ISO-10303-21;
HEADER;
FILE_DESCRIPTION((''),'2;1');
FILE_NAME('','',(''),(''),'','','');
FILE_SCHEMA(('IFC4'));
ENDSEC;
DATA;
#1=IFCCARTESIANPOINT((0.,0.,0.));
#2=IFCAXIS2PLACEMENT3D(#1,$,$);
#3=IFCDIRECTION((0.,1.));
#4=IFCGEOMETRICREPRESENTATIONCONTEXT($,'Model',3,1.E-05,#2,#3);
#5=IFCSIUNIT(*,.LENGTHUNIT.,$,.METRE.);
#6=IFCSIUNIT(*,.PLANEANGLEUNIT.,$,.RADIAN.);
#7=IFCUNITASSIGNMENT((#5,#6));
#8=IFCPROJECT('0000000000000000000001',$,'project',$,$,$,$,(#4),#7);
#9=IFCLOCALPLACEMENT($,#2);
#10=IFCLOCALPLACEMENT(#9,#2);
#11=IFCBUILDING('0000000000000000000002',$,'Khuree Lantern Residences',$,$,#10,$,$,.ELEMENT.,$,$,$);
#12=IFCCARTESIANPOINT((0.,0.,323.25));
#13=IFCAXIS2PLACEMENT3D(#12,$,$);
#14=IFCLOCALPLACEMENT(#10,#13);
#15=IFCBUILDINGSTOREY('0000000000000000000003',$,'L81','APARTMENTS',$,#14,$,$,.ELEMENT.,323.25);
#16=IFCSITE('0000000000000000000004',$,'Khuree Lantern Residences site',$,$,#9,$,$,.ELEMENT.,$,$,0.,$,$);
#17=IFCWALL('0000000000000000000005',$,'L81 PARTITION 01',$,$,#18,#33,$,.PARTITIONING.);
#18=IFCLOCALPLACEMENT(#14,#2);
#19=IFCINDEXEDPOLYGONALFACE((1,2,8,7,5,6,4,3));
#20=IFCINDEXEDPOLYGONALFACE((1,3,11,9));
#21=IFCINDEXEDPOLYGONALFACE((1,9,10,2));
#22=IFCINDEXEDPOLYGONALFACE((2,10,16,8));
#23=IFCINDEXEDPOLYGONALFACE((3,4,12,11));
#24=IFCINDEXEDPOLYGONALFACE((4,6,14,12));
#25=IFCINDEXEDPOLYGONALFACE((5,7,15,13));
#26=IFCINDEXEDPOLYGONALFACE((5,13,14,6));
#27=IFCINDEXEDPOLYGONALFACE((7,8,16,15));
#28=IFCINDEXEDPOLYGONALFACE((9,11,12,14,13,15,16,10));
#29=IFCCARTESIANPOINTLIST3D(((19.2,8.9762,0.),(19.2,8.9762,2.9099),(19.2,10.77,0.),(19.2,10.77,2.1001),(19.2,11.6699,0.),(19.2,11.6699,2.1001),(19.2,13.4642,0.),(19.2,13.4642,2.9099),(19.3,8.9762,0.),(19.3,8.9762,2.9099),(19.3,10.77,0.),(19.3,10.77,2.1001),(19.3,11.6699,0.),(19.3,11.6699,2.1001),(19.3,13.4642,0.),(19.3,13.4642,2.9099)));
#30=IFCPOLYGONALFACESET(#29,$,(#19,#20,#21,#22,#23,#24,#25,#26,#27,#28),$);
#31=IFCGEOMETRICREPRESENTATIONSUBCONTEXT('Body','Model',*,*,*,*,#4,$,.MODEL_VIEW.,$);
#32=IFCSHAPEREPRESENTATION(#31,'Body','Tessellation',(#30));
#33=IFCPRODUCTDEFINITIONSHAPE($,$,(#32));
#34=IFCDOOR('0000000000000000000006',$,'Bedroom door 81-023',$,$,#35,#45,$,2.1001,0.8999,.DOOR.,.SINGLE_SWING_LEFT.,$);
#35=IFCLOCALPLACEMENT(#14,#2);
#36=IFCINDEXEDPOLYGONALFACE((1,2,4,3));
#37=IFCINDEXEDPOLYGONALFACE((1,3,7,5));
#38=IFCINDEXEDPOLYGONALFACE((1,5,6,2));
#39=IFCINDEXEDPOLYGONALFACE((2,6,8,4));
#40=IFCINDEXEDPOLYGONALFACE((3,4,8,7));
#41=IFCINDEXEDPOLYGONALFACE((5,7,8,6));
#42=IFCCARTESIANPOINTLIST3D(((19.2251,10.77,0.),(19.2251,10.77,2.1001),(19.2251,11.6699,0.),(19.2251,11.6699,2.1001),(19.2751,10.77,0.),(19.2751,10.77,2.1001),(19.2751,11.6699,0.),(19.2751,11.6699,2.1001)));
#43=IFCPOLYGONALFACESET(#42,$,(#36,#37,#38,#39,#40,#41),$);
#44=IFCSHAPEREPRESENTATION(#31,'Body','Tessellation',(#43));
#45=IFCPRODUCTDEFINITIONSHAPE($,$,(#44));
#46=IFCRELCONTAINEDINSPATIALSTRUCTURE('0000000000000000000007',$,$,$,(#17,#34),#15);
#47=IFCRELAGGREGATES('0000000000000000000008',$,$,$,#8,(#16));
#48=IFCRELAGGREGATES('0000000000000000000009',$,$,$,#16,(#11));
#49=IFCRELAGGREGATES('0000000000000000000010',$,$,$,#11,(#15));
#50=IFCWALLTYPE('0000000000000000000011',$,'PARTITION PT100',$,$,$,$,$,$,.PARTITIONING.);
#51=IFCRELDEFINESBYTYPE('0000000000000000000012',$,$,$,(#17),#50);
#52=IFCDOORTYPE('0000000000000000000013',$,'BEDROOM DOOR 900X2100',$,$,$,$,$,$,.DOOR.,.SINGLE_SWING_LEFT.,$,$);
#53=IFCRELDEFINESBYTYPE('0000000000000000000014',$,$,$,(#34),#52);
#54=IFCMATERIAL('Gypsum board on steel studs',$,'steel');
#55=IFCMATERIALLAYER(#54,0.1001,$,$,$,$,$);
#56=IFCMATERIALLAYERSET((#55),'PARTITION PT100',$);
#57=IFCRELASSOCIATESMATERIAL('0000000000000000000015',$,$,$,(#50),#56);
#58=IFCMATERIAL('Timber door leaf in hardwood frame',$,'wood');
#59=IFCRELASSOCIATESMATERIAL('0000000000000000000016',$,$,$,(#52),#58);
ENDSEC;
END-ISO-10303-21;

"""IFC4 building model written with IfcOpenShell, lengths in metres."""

from ifc_helpers import new_model, si_unit, direction, frame, frame_2d, origin, place, context, subcontext, project, spatial, rectangle, extrude, material, layer, layer_set, type_object, element, fill, save


model = new_model("IFC4")

# Units and contexts
model_context = context("Model", 3, precision=1e-05, world=origin(), true_north=direction((0.0, 1.0)))
body_context = subcontext(model_context, "Body", "Model", "MODEL_VIEW")
ifc_project = project(units=[si_unit("LENGTHUNIT", "METRE"), si_unit("PLANEANGLEUNIT", "RADIAN")], contexts=[model_context])

# Site, building, storey
site_placement = place(None, origin())
site = spatial("IfcSite", under=ifc_project, at=site_placement, Name="Khuree Lantern Residences site", CompositionType="ELEMENT", RefElevation=0.0)
building_placement = place(site_placement, origin())
building = spatial("IfcBuilding", under=site, at=building_placement, Name="Khuree Lantern Residences", CompositionType="ELEMENT")
storey_placement = place(building_placement, frame((0.0, 0.0, 323.25)))
storey = spatial("IfcBuildingStorey", under=building, at=storey_placement, Name="L81", Description="APARTMENTS", CompositionType="ELEMENT", Elevation=323.25)

# Shared definitions
ifc_material_1 = material(Name="Gypsum board on steel studs", Category="steel")
ifc_layer_1 = layer(ifc_material_1, 0.1001)
ifc_layer_set_1 = layer_set([ifc_layer_1], Name="PARTITION PT100")
wall_type_1 = type_object("IfcWallType", Name="PARTITION PT100", PredefinedType="PARTITIONING", material=ifc_layer_set_1)

# Wall, opening, door
ifc_material_2 = material(Name="Timber door leaf in hardwood frame", Category="wood")
door_type = type_object("IfcDoorType", Name="BEDROOM DOOR 900X2100", OperationType="SINGLE_SWING_LEFT", PredefinedType="DOOR", material=ifc_material_2)
wall_1_placement = place(storey_placement, frame((19.25, 8.9761, 0.0), z_axis=(0.0, 0.0, 1.0), x_axis=(0.0, 1.0, 0.0)))
wall_1 = element("IfcWall", 1, at=wall_1_placement, inside=storey, type_object=wall_type_1, Name="L81 PARTITION 01", PredefinedType="PARTITIONING", context=body_context, shape_type="SweptSolid", body=[
    extrude(rectangle(XDim=4.488, YDim=0.1001, at=frame_2d((2.2441, 0.0))), origin(), (0.0, 0.0, 1.0), 2.9099),
])
opening_1_placement = place(wall_1_placement, frame((1.7939, 0.0, 0.0)))
opening_1 = element("IfcOpeningElement", 2, at=opening_1_placement, cuts=wall_1, PredefinedType="OPENING", context=body_context, shape_type="SweptSolid", body=[
    extrude(rectangle(XDim=0.8999, YDim=2.1001, at=frame_2d((0.45, 1.05))), frame((0.0, 0.0601, 0.0), z_axis=(0.0, -1.0, 0.0), x_axis=(1.0, 0.0, 0.0)), (0.0, 0.0, 1.0), 0.1201),
])
door_1_placement = place(opening_1_placement, origin())
door_1 = element("IfcDoor", 3, at=door_1_placement, inside=storey, type_object=door_type, Name="Bedroom door 81-023", OperationType="SINGLE_SWING_LEFT", OverallHeight=2.1001, OverallWidth=0.8999, PredefinedType="DOOR", context=body_context, shape_type="SweptSolid", body=[
    extrude(rectangle(XDim=0.8999, YDim=2.1001, at=frame_2d((0.45, 1.05))), frame((0.0, 0.0249, 0.0), z_axis=(0.0, -1.0, 0.0), x_axis=(1.0, 0.0, 0.0)), (0.0, 0.0, 1.0), 0.05),
])
fill(opening_1, door_1)

save(model, "model.ifc")
